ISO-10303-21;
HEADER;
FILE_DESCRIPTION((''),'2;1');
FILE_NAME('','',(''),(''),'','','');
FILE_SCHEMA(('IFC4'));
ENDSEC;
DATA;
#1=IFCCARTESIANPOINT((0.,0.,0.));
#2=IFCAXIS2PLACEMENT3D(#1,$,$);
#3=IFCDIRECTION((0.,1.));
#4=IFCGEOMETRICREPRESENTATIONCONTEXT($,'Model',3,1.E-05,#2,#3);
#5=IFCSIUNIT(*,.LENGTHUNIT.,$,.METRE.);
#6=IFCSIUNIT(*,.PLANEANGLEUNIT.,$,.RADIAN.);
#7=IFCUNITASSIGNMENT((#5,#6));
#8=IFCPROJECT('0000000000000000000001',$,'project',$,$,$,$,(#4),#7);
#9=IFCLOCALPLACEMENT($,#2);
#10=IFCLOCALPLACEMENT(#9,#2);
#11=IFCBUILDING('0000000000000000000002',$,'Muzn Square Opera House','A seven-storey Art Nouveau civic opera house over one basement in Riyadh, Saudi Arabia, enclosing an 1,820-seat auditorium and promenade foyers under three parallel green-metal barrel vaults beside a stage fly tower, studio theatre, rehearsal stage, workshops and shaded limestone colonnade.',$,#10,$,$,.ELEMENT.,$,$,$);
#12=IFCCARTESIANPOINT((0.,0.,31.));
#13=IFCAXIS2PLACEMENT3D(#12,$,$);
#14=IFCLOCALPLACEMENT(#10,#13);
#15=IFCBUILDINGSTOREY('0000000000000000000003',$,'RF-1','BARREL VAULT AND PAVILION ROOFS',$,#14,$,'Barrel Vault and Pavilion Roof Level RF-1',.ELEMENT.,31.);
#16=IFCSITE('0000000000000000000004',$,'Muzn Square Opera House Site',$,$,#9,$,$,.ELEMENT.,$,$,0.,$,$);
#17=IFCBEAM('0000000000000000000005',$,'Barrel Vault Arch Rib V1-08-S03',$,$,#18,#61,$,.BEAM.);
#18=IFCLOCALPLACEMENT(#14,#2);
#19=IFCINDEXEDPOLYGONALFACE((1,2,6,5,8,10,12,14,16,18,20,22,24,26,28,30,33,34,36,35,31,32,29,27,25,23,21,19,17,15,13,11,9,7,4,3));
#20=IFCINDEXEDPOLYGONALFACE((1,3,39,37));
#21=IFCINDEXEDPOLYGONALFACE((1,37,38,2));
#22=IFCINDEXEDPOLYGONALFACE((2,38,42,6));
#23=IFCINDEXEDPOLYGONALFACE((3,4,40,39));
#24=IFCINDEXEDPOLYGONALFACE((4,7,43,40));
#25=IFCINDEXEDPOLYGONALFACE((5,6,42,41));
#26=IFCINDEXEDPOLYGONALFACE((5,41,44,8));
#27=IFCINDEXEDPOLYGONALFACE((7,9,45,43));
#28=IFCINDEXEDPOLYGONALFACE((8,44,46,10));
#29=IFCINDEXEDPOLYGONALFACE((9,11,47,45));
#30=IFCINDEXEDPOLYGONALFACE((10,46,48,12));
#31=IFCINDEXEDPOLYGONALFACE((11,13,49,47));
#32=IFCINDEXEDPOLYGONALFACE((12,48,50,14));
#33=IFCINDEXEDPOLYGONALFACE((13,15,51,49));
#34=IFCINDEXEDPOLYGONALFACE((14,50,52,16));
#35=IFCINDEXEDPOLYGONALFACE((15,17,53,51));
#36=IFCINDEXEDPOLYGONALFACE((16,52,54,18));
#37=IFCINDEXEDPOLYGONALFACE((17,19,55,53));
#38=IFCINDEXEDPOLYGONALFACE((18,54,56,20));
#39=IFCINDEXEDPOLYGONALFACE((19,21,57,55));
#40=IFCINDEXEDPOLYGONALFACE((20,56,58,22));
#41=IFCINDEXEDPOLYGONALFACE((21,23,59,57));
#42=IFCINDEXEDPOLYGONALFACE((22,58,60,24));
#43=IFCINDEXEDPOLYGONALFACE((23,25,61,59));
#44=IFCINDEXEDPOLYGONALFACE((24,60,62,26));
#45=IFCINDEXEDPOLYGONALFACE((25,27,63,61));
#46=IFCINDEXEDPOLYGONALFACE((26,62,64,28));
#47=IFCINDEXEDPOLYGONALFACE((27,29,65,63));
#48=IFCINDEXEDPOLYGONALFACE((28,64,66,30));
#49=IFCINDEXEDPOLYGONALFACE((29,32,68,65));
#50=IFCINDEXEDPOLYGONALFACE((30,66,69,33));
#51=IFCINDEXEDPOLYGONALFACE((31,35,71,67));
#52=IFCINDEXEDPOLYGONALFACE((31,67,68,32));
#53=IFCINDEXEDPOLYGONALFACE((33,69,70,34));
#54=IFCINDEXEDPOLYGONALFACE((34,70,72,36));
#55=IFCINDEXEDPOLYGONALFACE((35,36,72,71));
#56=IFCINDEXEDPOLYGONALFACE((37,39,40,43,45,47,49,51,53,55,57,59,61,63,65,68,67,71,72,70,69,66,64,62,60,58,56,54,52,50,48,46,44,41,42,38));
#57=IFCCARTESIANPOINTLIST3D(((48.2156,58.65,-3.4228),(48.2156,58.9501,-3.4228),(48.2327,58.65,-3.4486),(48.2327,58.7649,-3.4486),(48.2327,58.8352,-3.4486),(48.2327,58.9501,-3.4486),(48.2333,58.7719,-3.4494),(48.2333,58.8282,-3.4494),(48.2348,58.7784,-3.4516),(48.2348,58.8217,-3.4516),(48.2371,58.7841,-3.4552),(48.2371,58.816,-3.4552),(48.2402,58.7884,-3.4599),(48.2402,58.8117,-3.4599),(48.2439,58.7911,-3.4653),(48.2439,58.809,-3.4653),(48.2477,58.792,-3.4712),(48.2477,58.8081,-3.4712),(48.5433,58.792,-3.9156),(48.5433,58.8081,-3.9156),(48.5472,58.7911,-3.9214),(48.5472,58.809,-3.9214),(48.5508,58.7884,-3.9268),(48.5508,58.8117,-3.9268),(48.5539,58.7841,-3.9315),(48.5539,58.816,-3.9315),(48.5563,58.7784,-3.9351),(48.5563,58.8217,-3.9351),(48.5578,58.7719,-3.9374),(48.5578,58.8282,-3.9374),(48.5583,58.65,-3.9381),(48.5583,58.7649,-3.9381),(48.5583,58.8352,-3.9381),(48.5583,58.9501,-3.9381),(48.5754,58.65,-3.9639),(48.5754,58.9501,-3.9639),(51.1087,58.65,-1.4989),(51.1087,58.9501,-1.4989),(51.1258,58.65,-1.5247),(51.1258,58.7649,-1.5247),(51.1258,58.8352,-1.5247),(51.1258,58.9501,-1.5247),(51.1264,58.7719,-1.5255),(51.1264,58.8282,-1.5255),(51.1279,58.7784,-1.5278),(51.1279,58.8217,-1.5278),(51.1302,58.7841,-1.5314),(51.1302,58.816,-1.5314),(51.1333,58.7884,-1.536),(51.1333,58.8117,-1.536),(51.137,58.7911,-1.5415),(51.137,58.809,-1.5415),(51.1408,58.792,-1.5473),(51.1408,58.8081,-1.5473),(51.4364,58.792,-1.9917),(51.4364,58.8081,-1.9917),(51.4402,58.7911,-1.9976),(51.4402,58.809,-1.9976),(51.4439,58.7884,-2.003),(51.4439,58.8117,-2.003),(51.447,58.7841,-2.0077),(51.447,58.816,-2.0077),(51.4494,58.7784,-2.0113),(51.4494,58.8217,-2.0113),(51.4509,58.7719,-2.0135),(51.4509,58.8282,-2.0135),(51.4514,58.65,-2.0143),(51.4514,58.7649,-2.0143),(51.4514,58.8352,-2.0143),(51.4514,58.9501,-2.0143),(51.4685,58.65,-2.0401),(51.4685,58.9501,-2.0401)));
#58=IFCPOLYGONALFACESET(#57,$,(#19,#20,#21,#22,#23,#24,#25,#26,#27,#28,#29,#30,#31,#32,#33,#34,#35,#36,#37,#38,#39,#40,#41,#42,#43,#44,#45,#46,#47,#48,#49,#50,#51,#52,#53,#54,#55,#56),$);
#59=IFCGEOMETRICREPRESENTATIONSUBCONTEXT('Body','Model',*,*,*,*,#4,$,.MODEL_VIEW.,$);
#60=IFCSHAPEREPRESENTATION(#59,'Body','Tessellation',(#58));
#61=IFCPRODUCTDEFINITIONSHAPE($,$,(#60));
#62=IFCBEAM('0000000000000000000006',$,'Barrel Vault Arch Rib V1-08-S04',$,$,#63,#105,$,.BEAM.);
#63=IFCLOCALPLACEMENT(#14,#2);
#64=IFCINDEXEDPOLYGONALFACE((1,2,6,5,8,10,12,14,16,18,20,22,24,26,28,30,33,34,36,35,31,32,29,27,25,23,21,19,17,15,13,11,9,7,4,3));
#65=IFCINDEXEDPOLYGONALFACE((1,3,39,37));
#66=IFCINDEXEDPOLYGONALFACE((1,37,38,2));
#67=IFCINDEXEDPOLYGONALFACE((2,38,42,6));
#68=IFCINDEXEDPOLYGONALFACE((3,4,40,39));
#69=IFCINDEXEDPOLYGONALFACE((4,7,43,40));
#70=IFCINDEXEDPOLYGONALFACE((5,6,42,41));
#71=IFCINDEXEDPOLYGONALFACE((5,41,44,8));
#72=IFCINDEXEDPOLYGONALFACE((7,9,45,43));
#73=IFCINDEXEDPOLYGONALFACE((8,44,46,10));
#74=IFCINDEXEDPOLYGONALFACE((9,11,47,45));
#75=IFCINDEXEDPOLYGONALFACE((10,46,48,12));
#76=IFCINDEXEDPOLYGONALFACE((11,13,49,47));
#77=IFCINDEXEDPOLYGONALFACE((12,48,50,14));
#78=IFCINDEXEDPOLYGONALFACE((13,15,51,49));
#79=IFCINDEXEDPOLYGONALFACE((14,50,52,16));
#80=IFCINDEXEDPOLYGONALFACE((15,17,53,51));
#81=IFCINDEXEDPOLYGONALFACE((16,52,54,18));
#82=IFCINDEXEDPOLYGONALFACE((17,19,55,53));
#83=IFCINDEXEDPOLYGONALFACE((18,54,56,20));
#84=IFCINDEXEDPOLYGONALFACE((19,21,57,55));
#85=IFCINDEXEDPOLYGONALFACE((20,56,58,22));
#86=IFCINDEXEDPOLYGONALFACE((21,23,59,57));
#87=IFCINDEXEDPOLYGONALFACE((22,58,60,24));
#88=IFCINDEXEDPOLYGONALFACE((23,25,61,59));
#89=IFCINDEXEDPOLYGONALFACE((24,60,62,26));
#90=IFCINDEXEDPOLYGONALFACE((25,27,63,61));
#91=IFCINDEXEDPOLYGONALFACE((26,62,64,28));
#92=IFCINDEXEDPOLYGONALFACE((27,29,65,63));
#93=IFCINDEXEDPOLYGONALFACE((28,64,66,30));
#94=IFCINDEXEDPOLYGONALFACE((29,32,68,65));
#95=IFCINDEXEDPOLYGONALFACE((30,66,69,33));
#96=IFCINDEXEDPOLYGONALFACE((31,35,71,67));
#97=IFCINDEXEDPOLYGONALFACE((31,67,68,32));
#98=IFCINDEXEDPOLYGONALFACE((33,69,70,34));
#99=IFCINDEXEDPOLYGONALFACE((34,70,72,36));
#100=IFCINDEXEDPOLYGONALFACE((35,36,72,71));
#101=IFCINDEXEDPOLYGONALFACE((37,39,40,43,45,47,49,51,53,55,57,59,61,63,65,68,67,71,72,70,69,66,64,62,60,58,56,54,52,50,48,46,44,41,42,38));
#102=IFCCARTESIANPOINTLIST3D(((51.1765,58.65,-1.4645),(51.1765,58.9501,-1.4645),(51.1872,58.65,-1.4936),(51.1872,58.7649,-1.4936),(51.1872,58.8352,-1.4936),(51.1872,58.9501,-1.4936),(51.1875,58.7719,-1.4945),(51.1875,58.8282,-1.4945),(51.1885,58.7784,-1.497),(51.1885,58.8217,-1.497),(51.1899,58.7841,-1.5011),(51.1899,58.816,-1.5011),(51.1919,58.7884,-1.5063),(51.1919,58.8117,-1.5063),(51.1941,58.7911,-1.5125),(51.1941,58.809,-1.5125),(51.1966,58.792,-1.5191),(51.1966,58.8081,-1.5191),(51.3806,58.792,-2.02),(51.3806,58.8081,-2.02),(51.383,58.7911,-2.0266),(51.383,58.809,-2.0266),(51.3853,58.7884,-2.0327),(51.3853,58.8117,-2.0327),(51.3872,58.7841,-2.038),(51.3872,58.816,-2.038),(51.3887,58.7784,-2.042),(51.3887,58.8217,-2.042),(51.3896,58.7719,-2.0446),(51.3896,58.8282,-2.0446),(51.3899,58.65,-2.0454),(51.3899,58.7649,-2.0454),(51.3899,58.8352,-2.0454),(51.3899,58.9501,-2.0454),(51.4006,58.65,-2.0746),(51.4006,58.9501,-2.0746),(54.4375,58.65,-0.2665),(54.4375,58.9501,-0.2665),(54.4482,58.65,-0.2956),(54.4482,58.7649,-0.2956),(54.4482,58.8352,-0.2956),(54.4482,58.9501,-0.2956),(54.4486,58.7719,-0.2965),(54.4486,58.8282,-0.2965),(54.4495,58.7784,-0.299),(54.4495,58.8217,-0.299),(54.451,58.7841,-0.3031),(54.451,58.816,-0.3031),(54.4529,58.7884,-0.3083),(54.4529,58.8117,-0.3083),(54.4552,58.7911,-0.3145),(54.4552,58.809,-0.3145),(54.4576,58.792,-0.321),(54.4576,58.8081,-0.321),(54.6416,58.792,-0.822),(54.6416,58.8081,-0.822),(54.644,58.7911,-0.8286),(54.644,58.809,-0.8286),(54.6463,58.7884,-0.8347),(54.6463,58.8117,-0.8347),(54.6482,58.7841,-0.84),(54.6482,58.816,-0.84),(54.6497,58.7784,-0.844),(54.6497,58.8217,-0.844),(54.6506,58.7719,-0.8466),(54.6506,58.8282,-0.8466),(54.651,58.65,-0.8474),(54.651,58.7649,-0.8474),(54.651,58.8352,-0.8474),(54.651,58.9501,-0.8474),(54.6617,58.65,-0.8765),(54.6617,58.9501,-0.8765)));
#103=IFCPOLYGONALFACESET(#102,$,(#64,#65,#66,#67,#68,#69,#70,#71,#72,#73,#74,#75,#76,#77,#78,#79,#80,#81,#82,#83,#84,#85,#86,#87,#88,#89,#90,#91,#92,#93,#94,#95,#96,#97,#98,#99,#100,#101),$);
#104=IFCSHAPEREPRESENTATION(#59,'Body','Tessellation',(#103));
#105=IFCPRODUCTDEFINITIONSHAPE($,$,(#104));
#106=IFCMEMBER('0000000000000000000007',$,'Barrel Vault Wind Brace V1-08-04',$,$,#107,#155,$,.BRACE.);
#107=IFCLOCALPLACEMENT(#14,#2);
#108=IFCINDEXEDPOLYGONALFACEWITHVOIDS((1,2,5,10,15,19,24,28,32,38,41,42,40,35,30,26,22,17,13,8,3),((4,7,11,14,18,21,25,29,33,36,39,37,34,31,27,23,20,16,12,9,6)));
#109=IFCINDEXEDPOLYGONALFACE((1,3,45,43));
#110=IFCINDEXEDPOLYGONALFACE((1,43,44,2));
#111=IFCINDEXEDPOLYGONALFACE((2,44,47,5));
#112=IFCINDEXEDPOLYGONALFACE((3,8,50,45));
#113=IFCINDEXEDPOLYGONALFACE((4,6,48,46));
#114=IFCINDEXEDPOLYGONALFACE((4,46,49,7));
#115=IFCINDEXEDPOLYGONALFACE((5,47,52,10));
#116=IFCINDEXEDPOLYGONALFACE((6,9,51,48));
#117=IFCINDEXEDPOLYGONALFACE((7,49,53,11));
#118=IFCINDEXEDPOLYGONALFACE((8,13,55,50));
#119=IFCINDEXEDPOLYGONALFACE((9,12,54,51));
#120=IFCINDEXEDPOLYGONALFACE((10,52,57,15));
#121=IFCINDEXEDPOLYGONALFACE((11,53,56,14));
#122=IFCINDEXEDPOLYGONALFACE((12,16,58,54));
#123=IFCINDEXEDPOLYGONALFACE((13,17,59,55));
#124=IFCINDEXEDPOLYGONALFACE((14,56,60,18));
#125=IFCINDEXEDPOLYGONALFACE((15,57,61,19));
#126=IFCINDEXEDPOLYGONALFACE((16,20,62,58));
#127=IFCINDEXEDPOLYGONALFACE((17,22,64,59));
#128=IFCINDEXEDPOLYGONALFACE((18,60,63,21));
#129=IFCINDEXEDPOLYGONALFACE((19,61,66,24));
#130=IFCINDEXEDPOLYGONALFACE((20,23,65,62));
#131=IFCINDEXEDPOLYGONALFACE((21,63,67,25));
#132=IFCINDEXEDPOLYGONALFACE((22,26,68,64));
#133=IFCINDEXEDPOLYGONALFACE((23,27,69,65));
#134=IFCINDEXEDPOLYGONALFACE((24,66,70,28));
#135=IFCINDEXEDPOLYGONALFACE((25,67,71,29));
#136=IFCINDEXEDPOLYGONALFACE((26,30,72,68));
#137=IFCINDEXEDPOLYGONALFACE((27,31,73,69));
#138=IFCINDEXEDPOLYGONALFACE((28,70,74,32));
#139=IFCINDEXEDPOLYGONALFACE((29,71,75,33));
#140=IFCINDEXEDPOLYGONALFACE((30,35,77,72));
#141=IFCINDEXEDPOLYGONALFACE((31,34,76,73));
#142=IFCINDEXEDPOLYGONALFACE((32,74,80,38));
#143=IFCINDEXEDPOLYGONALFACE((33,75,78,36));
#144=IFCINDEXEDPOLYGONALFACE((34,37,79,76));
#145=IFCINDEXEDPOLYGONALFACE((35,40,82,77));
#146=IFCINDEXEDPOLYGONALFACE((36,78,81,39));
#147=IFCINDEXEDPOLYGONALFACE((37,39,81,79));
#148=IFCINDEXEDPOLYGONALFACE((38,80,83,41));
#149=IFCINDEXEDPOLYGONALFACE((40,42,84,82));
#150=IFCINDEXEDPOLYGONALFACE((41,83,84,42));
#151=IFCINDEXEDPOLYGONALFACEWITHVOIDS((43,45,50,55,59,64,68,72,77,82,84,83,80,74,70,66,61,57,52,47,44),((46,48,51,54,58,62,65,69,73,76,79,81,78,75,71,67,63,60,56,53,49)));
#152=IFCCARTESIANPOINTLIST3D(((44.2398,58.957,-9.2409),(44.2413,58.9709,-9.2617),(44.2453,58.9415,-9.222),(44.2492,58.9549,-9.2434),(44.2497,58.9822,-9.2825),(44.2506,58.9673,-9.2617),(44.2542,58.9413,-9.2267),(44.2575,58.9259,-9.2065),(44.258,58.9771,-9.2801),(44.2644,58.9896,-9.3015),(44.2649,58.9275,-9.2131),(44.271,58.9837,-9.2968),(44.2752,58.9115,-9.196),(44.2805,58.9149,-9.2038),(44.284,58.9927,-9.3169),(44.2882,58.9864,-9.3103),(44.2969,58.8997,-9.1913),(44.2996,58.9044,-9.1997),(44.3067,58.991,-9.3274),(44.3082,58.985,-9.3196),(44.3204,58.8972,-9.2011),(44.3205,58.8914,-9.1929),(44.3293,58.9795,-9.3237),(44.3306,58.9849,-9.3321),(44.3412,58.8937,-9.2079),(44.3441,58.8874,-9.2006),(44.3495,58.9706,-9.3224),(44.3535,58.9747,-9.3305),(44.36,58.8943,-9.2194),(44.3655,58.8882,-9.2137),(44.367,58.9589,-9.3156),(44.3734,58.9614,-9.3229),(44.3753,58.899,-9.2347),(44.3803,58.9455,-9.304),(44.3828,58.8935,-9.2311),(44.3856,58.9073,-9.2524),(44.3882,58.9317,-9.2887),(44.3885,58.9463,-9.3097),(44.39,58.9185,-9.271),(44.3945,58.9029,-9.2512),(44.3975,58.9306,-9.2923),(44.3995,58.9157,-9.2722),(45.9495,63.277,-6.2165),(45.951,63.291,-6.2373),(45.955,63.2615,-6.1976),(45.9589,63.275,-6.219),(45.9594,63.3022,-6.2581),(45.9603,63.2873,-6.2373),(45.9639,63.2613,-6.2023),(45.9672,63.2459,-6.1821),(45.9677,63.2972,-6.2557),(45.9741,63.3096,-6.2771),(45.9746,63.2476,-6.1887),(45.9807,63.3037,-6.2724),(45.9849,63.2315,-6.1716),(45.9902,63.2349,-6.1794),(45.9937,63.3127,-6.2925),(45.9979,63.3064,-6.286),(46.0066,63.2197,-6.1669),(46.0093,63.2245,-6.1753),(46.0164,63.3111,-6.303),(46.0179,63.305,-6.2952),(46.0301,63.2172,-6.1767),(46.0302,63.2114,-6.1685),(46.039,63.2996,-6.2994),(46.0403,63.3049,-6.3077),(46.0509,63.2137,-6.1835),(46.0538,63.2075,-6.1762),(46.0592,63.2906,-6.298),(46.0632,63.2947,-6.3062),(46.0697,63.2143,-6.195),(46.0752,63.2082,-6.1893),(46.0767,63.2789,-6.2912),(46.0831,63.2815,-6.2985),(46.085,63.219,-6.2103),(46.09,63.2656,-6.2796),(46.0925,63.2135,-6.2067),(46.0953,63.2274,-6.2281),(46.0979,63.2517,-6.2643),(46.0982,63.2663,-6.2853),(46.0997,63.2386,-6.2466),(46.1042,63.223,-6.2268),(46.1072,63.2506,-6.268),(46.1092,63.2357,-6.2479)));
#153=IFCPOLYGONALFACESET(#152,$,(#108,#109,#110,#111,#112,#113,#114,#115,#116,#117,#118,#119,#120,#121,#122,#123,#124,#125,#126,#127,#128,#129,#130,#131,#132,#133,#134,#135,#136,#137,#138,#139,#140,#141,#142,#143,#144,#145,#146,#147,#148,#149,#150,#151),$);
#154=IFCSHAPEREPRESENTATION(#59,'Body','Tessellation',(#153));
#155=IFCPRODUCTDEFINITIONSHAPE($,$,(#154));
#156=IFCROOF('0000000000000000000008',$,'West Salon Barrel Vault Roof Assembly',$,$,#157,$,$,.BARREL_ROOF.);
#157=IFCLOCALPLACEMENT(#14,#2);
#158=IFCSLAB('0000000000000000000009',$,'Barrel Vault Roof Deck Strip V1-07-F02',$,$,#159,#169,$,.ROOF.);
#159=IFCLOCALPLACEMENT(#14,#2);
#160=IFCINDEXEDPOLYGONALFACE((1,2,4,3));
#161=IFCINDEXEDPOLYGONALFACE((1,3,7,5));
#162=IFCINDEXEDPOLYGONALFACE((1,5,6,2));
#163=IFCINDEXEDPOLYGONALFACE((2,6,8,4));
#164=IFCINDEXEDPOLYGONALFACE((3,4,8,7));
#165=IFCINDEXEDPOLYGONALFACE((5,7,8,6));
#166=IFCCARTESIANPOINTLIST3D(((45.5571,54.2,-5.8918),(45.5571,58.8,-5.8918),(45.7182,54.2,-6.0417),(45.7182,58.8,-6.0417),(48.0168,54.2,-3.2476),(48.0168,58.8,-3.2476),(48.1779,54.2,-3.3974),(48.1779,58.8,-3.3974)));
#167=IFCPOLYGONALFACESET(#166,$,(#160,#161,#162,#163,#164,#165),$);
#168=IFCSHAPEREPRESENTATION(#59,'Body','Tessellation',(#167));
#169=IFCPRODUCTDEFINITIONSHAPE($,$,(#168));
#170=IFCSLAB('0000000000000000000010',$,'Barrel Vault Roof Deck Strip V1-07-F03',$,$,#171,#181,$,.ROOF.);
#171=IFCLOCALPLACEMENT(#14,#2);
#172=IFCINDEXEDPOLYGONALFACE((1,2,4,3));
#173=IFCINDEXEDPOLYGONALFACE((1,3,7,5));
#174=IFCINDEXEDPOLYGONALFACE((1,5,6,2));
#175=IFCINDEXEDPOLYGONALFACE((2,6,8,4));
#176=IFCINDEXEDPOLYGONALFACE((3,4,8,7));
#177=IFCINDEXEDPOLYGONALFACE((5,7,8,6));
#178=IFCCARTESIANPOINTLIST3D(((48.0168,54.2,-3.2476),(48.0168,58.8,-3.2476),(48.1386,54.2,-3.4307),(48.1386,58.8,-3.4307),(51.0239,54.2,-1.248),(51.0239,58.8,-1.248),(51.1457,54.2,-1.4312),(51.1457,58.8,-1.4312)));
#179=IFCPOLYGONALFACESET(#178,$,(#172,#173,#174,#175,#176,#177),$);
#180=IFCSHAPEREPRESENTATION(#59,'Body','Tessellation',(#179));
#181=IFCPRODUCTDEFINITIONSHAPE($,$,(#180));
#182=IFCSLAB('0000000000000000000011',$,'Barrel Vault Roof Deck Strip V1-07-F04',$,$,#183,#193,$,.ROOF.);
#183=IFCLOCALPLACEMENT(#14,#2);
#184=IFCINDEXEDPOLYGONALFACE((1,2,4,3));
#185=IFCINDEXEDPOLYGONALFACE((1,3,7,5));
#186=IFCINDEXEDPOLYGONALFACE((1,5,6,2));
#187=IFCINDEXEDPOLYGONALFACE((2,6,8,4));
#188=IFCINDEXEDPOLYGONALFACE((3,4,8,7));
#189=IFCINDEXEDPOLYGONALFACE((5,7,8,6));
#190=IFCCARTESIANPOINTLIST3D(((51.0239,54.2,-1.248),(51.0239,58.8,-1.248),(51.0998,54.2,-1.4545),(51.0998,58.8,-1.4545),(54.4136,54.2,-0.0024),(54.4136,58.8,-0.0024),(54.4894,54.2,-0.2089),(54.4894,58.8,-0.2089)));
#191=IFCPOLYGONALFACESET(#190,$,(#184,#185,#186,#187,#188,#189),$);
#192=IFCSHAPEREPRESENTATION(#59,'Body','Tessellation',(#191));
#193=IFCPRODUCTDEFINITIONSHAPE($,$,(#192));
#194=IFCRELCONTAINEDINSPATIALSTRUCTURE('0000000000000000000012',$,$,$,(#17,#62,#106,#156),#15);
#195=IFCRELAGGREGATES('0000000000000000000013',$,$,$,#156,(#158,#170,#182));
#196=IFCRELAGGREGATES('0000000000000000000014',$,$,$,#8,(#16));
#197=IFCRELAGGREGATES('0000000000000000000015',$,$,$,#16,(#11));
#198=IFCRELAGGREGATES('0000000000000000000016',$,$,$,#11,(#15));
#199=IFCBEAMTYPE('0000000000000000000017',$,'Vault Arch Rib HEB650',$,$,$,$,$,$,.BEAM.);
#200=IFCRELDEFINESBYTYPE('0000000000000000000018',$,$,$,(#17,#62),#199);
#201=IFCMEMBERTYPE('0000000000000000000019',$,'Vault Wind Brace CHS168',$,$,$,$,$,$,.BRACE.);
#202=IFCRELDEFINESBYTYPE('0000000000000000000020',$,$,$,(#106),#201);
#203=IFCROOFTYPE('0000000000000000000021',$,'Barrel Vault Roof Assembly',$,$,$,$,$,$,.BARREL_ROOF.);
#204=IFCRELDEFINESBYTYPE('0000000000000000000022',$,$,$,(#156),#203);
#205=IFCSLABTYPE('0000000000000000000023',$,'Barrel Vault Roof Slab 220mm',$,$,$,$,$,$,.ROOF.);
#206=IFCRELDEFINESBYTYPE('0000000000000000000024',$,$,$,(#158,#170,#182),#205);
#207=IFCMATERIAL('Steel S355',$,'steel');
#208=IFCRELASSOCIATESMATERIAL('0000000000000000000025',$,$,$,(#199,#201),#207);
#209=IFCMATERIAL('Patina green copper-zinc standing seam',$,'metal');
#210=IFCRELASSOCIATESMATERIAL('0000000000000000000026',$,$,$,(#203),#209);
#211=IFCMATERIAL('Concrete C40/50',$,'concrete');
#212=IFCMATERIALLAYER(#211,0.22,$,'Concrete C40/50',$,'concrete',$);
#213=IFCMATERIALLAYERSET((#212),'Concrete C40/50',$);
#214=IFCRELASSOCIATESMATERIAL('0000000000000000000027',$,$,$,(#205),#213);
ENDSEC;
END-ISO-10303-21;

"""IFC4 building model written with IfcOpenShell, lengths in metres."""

from ifc_helpers import new_model, si_unit, direction, frame, origin, origin_2d, place, context, subcontext, project, spatial, polyline, hollow_circle, i_section, outline, extrude, material, layer, layer_set, material_profile, profile_set, type_object, element, aggregate, save


model = new_model("IFC4")

# Units and contexts
model_context = context("Model", 3, precision=1e-05, world=origin(), true_north=direction((0.0, 1.0)))
body_context = subcontext(model_context, "Body", "Model", "MODEL_VIEW")
ifc_project = project(units=[si_unit("LENGTHUNIT", "METRE"), si_unit("PLANEANGLEUNIT", "RADIAN")], contexts=[model_context])

# Site, building, storey
site_placement = place(None, origin())
site = spatial("IfcSite", under=ifc_project, at=site_placement, Name="Muzn Square Opera House Site", CompositionType="ELEMENT", RefElevation=0.0)
building_placement = place(site_placement, origin())
building = spatial("IfcBuilding", under=site, at=building_placement, Name="Muzn Square Opera House", Description="A seven-storey Art Nouveau civic opera house over one basement in Riyadh, Saudi Arabia, enclosing an 1,820-seat auditorium and promenade foyers under three parallel green-metal barrel vaults beside a stage fly tower, studio theatre, rehearsal stage, workshops and shaded limestone colonnade.", CompositionType="ELEMENT")
storey_placement = place(building_placement, frame((0.0, 0.0, 31.0)))
storey = spatial("IfcBuildingStorey", under=building, at=storey_placement, Name="RF-1", Description="BARREL VAULT AND PAVILION ROOFS", LongName="Barrel Vault and Pavilion Roof Level RF-1", CompositionType="ELEMENT", Elevation=31.0)

# Beams
ifc_material_1 = material(Name="Steel S355", Category="steel")
ifc_material_profile_1 = material_profile(ifc_material_1, i_section(OverallWidth=0.3, OverallDepth=0.6499, WebThickness=0.0161, FlangeThickness=0.031, FilletRadius=0.0271, at=origin_2d()), Name="HEB 650", Category="steel")
ifc_profile_set_1 = profile_set([ifc_material_profile_1], Name="Steel S355")
beam_type_1 = type_object("IfcBeamType", Name="Vault Arch Rib HEB650", PredefinedType="BEAM", material=ifc_profile_set_1)
for number, where, z_axis, x_axis, name in (
    (1, (48.3955, 58.8, -3.6934), (0.832698, 0.0, 0.553727), (0.0, 1.0, 0.0), "Barrel Vault Arch Rib V1-08-S03"),
):
    element("IfcBeam", number, at=place(storey_placement, frame(where, z_axis=z_axis, x_axis=x_axis)), inside=storey, type_object=beam_type_1, Name=name, PredefinedType="BEAM", context=body_context, shape_type="SweptSolid", body=[
        extrude(i_section(OverallWidth=0.3, OverallDepth=0.6499, WebThickness=0.0161, FlangeThickness=0.031, FilletRadius=0.0271, at=origin_2d()), origin(), (0.0, 0.0, 1.0), 3.4744),
    ])
beam_1_placement = place(storey_placement, frame((51.2886, 58.8, -1.7695), z_axis=(0.938662, 0.0, 0.344839), x_axis=(0.0, 1.0, 0.0)))
element("IfcBeam", 2, at=beam_1_placement, inside=storey, type_object=beam_type_1, Name="Barrel Vault Arch Rib V1-08-S04", PredefinedType="BEAM", context=body_context, shape_type="SweptSolid", body=[
    extrude(i_section(OverallWidth=0.3, OverallDepth=0.6499, WebThickness=0.0161, FlangeThickness=0.031, FilletRadius=0.0271, at=origin_2d()), origin(), (0.0, 0.0, 1.0), 3.4741),
])

# Member
ifc_material_profile_2 = material_profile(ifc_material_1, hollow_circle(Radius=0.0842, WallThickness=0.01, at=origin_2d()), Name="CHS 168.3x10", Category="steel")
ifc_profile_set_2 = profile_set([ifc_material_profile_2], Name="Steel S355")
member_type = type_object("IfcMemberType", Name="Vault Wind Brace CHS168", PredefinedType="BRACE", material=ifc_profile_set_2)
member_placement = place(storey_placement, frame((44.3196, 58.9399, -9.2617), z_axis=(0.308404, 0.779268, 0.545553), x_axis=(-0.929829, 0.367991, 0.0)))
element("IfcMember", 3, at=member_placement, inside=storey, type_object=member_type, Name="Barrel Vault Wind Brace V1-08-04", PredefinedType="BRACE", context=body_context, shape_type="SweptSolid", body=[
    extrude(hollow_circle(Radius=0.0842, WallThickness=0.01, at=origin_2d()), origin(), (0.0, 0.0, 1.0), 5.5437),
])

# Roof, slabs
ifc_material_2 = material(Name="Patina green copper-zinc standing seam", Category="metal")
roof_type = type_object("IfcRoofType", Name="Barrel Vault Roof Assembly", PredefinedType="BARREL_ROOF", material=ifc_material_2)
roof_placement = place(storey_placement, origin())
roof = element("IfcRoof", 4, at=roof_placement, inside=storey, type_object=roof_type, Name="West Salon Barrel Vault Roof Assembly", PredefinedType="BARREL_ROOF")
ifc_material_3 = material(Name="Concrete C40/50", Category="concrete")
ifc_layer_1 = layer(ifc_material_3, 0.22, Name="Concrete C40/50", Category="concrete")
ifc_layer_set_1 = layer_set([ifc_layer_1], Name="Concrete C40/50")
slab_type = type_object("IfcSlabType", Name="Barrel Vault Roof Slab 220mm", PredefinedType="ROOF", material=ifc_layer_set_1)
slab_1_placement = place(storey_placement, frame((48.0168, 54.2, -3.2476), z_axis=(-0.732198, 0.0, 0.681091), x_axis=(0.0, 1.0, 0.0)))
slab_1 = element("IfcSlab", 5, at=slab_1_placement, type_object=slab_type, Name="Barrel Vault Roof Deck Strip V1-07-F02", PredefinedType="ROOF", context=body_context, shape_type="SweptSolid", body=[
    extrude(outline(polyline([(0.0, 3.6114), (0.0, 0.0), (4.6001, 0.0), (4.6001, 3.6114), (0.0, 3.6114)])), origin(), (0.0, 0.0, -1.0), 0.22),
])
slab_2_placement = place(storey_placement, frame((51.0239, 54.2, -1.248), z_axis=(-0.553701, 0.0, 0.832715), x_axis=(0.0, 1.0, 0.0)))
slab_2 = element("IfcSlab", 6, at=slab_2_placement, type_object=slab_type, Name="Barrel Vault Roof Deck Strip V1-07-F03", PredefinedType="ROOF", context=body_context, shape_type="SweptSolid", body=[
    extrude(outline(polyline([(0.0, 3.6112), (0.0, 0.0), (4.6001, 0.0), (4.6001, 3.6112), (0.0, 3.6112)])), origin(), (0.0, 0.0, -1.0), 0.22),
])
slab_3_placement = place(storey_placement, frame((54.4136, 54.2, -0.0024), z_axis=(-0.344922, 0.0, 0.938631), x_axis=(0.0, 1.0, 0.0)))
slab_3 = element("IfcSlab", 7, at=slab_3_placement, type_object=slab_type, Name="Barrel Vault Roof Deck Strip V1-07-F04", PredefinedType="ROOF", context=body_context, shape_type="SweptSolid", body=[
    extrude(outline(polyline([(0.0, 3.6113), (0.0, 0.0), (4.6001, 0.0), (4.6001, 3.6113), (0.0, 3.6113)])), origin(), (0.0, 0.0, -1.0), 0.22),
])
aggregate(roof, [slab_1, slab_2, slab_3])

save(model, "model.ifc")
